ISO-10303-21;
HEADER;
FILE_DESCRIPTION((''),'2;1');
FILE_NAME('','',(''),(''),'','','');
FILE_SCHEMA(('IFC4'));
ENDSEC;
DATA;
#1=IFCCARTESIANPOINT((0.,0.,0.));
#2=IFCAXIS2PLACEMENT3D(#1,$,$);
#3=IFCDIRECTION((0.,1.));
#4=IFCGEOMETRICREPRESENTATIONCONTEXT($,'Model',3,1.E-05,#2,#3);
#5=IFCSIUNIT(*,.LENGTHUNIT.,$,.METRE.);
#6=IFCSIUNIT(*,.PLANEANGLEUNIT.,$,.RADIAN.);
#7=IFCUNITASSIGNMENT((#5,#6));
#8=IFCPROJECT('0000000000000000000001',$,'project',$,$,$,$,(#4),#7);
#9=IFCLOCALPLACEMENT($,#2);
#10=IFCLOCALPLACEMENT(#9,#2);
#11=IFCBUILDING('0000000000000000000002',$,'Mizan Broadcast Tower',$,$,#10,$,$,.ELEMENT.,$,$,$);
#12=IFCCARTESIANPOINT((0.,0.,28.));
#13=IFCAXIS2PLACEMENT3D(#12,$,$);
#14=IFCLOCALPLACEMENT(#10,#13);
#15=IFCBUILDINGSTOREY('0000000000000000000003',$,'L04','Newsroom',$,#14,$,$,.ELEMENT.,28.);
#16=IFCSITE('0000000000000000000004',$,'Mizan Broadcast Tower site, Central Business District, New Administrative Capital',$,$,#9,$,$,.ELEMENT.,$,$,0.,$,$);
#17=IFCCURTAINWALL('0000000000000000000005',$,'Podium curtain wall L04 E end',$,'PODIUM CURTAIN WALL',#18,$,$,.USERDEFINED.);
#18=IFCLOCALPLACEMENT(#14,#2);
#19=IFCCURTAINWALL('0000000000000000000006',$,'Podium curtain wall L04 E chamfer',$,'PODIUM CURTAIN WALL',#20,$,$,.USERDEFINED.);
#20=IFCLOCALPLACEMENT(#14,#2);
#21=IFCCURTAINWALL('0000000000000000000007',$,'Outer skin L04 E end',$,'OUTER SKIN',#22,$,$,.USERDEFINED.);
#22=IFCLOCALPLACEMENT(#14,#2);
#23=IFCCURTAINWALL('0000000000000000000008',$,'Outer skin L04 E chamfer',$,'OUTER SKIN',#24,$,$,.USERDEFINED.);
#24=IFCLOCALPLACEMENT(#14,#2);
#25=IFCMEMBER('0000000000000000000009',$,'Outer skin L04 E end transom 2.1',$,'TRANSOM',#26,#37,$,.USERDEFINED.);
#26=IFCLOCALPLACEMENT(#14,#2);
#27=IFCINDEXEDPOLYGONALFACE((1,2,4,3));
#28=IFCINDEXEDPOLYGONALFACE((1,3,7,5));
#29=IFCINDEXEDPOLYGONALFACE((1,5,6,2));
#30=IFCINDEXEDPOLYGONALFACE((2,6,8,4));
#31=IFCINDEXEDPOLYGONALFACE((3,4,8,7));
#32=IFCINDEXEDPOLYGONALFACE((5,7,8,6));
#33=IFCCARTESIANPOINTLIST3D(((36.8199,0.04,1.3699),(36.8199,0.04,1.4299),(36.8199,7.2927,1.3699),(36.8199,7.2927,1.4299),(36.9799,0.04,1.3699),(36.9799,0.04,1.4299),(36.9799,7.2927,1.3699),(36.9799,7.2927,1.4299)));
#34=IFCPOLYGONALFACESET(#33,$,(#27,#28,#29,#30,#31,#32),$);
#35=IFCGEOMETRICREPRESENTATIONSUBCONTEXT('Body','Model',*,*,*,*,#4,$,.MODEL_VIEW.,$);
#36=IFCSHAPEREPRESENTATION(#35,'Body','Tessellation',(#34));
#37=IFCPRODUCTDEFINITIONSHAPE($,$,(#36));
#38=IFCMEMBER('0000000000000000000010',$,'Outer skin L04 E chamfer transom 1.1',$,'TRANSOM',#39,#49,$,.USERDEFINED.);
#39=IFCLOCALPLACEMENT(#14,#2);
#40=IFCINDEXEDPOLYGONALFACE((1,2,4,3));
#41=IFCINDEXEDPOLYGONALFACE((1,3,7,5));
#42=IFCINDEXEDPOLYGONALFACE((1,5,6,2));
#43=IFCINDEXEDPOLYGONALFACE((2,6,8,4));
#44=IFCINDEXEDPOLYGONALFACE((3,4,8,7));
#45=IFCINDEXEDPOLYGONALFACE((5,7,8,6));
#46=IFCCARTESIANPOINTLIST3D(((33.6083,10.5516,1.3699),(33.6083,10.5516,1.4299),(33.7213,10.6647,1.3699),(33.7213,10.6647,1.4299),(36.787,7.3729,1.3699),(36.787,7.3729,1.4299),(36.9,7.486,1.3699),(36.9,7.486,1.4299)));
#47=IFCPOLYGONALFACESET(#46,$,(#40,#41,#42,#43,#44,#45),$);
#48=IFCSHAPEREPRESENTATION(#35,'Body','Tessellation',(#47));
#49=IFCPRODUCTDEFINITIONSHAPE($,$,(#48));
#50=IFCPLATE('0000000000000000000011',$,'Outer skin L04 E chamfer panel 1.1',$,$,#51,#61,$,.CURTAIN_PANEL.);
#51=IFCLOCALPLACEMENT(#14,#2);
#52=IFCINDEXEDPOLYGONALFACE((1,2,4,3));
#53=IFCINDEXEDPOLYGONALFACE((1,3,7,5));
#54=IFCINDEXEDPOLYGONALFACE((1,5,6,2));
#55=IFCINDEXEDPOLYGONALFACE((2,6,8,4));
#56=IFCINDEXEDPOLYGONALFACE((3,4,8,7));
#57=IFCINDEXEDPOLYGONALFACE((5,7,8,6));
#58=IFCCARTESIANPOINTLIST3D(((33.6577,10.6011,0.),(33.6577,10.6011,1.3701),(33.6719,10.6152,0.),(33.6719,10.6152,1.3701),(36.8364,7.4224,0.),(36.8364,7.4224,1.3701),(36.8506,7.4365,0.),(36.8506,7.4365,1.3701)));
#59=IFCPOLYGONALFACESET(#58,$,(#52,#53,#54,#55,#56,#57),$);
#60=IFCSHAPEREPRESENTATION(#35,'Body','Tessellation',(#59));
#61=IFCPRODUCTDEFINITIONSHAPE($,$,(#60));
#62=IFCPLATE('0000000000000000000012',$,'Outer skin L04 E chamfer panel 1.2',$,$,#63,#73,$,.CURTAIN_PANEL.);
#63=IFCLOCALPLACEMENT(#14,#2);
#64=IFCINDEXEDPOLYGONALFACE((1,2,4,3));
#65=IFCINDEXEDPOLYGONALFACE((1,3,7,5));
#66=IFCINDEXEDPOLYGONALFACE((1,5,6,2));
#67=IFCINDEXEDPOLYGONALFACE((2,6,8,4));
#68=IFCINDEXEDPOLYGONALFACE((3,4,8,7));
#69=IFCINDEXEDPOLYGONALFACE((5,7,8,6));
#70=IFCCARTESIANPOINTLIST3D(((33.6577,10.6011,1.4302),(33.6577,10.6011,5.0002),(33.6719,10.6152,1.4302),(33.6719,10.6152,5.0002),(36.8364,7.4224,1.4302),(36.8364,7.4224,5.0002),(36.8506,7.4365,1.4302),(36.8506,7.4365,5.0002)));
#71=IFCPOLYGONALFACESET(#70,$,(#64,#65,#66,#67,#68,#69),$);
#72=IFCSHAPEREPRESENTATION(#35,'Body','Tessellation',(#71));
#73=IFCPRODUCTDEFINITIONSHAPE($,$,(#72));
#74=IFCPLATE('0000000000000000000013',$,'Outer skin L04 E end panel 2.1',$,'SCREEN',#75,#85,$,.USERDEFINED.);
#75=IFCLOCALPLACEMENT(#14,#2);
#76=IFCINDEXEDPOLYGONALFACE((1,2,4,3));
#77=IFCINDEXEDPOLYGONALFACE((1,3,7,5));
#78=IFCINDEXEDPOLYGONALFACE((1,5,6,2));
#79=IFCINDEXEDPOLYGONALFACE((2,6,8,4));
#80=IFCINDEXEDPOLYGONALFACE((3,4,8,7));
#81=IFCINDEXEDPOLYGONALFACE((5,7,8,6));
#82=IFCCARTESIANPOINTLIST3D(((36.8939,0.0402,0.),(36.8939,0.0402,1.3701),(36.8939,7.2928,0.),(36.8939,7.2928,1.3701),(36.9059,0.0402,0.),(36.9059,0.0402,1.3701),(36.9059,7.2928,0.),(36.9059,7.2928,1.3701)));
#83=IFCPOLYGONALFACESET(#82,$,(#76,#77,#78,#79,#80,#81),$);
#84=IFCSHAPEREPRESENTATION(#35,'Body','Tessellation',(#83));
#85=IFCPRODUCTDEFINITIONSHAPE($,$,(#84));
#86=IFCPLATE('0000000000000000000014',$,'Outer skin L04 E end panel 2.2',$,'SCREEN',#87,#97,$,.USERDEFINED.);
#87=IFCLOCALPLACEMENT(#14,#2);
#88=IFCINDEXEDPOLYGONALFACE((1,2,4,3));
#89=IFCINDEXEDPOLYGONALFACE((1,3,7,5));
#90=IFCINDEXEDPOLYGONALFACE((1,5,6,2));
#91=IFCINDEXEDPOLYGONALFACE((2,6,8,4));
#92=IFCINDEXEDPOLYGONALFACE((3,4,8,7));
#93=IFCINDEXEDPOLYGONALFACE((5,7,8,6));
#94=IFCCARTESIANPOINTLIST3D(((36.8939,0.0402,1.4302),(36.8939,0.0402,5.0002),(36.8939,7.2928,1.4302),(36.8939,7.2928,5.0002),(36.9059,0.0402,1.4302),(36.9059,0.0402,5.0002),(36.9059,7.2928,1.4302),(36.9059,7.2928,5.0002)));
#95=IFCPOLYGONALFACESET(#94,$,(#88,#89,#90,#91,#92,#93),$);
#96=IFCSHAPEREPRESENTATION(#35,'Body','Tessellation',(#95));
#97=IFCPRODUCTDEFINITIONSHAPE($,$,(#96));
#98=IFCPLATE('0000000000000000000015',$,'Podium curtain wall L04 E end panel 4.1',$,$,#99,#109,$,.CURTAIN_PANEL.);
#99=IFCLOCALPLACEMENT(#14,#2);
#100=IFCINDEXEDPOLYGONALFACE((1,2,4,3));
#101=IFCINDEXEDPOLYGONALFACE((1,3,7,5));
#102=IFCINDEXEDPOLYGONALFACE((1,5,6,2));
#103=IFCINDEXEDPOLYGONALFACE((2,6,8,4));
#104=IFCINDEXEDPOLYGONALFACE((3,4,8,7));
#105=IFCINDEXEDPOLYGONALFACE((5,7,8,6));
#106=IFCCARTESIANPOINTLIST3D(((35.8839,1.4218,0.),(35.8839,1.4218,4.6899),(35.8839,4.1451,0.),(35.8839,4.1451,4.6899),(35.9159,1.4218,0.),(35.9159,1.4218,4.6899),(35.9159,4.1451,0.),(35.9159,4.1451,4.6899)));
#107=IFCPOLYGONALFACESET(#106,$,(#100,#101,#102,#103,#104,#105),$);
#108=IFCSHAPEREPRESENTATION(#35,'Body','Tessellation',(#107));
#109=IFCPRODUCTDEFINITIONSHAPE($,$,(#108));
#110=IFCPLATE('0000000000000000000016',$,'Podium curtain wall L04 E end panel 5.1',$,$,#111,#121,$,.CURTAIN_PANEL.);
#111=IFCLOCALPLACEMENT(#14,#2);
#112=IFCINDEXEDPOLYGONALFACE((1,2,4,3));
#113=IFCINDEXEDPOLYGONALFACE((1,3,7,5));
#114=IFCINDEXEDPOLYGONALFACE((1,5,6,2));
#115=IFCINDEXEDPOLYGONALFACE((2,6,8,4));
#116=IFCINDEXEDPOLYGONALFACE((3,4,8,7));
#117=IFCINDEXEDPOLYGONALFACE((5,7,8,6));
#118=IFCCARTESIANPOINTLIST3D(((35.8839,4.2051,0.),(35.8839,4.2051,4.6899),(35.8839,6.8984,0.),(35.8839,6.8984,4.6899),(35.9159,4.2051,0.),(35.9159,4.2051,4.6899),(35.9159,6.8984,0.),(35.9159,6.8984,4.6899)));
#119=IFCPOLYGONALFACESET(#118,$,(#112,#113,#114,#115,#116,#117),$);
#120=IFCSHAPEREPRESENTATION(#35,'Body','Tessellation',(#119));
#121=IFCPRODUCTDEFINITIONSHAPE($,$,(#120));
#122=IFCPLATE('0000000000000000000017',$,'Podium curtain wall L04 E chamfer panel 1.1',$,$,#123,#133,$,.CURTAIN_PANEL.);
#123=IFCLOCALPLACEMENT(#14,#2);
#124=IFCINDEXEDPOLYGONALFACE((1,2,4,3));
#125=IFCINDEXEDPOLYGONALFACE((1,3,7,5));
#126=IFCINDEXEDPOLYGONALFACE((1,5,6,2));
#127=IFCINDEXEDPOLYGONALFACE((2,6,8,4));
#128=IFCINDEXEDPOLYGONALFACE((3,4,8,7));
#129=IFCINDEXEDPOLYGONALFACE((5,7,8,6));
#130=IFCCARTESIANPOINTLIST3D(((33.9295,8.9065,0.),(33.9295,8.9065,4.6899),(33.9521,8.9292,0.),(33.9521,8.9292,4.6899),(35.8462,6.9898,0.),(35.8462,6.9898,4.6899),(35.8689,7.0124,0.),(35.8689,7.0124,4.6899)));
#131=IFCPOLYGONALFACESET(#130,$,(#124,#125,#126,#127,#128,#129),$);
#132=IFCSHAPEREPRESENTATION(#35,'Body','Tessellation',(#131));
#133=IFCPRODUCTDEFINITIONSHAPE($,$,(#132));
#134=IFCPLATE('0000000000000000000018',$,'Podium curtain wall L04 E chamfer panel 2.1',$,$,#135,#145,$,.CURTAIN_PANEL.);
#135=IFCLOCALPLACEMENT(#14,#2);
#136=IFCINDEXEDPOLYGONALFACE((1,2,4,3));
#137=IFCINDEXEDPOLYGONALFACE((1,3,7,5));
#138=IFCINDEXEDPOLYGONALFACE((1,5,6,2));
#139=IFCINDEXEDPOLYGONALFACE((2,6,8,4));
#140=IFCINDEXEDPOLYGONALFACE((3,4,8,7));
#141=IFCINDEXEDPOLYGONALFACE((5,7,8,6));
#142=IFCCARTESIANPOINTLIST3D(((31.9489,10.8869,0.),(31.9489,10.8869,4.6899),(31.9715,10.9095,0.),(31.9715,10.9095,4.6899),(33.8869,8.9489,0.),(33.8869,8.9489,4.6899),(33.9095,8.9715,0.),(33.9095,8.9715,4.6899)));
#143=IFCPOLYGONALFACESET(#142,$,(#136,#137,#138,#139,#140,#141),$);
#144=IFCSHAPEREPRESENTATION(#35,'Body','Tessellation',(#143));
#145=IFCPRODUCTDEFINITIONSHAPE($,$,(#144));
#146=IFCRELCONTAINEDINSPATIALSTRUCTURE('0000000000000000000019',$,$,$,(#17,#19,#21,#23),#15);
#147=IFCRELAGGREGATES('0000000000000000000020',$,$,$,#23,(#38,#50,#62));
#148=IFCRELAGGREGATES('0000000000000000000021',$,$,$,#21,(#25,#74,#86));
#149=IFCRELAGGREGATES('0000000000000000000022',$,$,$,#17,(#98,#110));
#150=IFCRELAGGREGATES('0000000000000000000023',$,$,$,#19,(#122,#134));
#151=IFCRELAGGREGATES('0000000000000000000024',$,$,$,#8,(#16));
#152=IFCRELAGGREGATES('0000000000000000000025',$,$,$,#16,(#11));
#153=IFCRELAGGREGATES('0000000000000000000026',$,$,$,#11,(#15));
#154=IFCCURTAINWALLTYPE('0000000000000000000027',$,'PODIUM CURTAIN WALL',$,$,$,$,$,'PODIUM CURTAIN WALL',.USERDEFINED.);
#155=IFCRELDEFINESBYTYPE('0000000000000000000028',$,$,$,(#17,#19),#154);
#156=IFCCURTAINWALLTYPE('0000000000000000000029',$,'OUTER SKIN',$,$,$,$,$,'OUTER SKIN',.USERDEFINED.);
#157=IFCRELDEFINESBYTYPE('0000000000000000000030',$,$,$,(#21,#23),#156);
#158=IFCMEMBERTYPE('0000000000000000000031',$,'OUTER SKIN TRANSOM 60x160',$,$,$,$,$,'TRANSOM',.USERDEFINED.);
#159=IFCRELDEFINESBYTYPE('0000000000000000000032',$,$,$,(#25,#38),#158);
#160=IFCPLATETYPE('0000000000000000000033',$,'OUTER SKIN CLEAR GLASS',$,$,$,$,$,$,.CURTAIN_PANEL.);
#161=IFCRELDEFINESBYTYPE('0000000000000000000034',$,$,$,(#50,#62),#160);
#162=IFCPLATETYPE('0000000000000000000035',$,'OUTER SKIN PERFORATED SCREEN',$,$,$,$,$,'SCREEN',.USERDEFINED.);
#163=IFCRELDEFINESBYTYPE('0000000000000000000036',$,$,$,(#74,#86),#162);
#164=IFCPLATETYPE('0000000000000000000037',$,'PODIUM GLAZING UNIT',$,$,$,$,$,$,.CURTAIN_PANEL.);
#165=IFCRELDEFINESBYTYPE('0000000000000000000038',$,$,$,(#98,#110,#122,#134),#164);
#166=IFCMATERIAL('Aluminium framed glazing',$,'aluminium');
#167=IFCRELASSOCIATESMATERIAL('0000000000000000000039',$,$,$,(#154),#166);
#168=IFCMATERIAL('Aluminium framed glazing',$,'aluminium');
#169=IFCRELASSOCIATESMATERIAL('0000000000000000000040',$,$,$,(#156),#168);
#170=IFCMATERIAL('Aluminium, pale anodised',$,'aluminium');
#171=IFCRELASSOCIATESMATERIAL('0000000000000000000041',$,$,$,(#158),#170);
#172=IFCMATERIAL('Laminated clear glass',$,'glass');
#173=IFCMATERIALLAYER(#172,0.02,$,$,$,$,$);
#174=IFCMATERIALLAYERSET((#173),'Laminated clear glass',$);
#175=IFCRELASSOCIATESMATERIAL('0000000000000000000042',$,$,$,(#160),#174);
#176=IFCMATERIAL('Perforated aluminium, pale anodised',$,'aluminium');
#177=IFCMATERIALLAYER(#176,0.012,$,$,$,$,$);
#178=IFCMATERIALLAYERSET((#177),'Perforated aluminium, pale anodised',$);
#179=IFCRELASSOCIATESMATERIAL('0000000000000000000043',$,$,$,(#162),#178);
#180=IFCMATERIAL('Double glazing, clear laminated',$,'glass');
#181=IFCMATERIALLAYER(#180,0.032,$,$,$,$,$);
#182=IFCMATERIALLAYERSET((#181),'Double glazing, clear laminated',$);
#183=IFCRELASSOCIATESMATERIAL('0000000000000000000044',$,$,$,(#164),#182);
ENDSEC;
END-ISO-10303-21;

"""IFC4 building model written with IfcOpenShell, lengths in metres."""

from ifc_helpers import new_model, si_unit, direction, frame, origin, origin_2d, place, context, subcontext, project, spatial, rectangle, extrude, material, layer, layer_set, material_profile, profile_set, type_object, element, aggregate, save


model = new_model("IFC4")

# Units and contexts
model_context = context("Model", 3, precision=1e-05, world=origin(), true_north=direction((0.0, 1.0)))
body_context = subcontext(model_context, "Body", "Model", "MODEL_VIEW")
ifc_project = project(units=[si_unit("LENGTHUNIT", "METRE"), si_unit("PLANEANGLEUNIT", "RADIAN")], contexts=[model_context])

# Site, building, storey
site_placement = place(None, origin())
site = spatial("IfcSite", under=ifc_project, at=site_placement, Name="Mizan Broadcast Tower site, Central Business District, New Administrative Capital", CompositionType="ELEMENT", RefElevation=0.0)
building_placement = place(site_placement, origin())
building = spatial("IfcBuilding", under=site, at=building_placement, Name="Mizan Broadcast Tower", CompositionType="ELEMENT")
storey_placement = place(building_placement, frame((0.0, 0.0, 28.0)))
storey = spatial("IfcBuildingStorey", under=building, at=storey_placement, Name="L04", Description="Newsroom", CompositionType="ELEMENT", Elevation=28.0)

# Curtain wall
ifc_material_1 = material(Name="Aluminium framed glazing", Category="aluminium")
curtain_wall_type_1 = type_object("IfcCurtainWallType", Name="PODIUM CURTAIN WALL", ElementType="PODIUM CURTAIN WALL", PredefinedType="USERDEFINED", material=ifc_material_1)
curtain_wall_1_placement = place(storey_placement, origin())
curtain_wall_1 = element("IfcCurtainWall", 1, at=curtain_wall_1_placement, inside=storey, type_object=curtain_wall_type_1, Name="Podium curtain wall L04 E end", ObjectType="PODIUM CURTAIN WALL", PredefinedType="USERDEFINED")

# Curtain wall
curtain_wall_2_placement = place(storey_placement, origin())
curtain_wall_2 = element("IfcCurtainWall", 2, at=curtain_wall_2_placement, inside=storey, type_object=curtain_wall_type_1, Name="Podium curtain wall L04 E chamfer", ObjectType="PODIUM CURTAIN WALL", PredefinedType="USERDEFINED")

# Curtain wall
ifc_material_2 = material(Name="Aluminium framed glazing", Category="aluminium")
curtain_wall_type_2 = type_object("IfcCurtainWallType", Name="OUTER SKIN", ElementType="OUTER SKIN", PredefinedType="USERDEFINED", material=ifc_material_2)
curtain_wall_3_placement = place(storey_placement, origin())
curtain_wall_3 = element("IfcCurtainWall", 3, at=curtain_wall_3_placement, inside=storey, type_object=curtain_wall_type_2, Name="Outer skin L04 E end", ObjectType="OUTER SKIN", PredefinedType="USERDEFINED")

# Curtain wall
curtain_wall_4_placement = place(storey_placement, origin())
curtain_wall_4 = element("IfcCurtainWall", 4, at=curtain_wall_4_placement, inside=storey, type_object=curtain_wall_type_2, Name="Outer skin L04 E chamfer", ObjectType="OUTER SKIN", PredefinedType="USERDEFINED")

# Members
ifc_material_3 = material(Name="Aluminium, pale anodised", Category="aluminium")
ifc_material_profile_1 = material_profile(ifc_material_3, rectangle(XDim=0.1599, YDim=0.0601, at=origin_2d()), Name="TRANSOM 160x60")
ifc_profile_set_1 = profile_set([ifc_material_profile_1], Name="Aluminium, pale anodised")
member_type_1 = type_object("IfcMemberType", Name="OUTER SKIN TRANSOM 60x160", ElementType="TRANSOM", PredefinedType="USERDEFINED", material=ifc_profile_set_1)
member_1_placement = place(storey_placement, frame((36.8999, 0.04, 1.3999), z_axis=(0.0, 1.0, 0.0), x_axis=(-1.0, 0.0, 0.0)))
member_1 = element("IfcMember", 5, at=member_1_placement, type_object=member_type_1, Name="Outer skin L04 E end transom 2.1", ObjectType="TRANSOM", PredefinedType="USERDEFINED", context=body_context, shape_type="SweptSolid", body=[
    extrude(rectangle(XDim=0.1599, YDim=0.0601, at=origin_2d()), origin(), (0.0, 0.0, 1.0), 7.2527),
])
member_2_placement = place(storey_placement, frame((36.8435, 7.4294, 1.3999), z_axis=(-0.707107, 0.707107, 0.0), x_axis=(-0.707107, -0.707107, 0.0)))
member_2 = element("IfcMember", 6, at=member_2_placement, type_object=member_type_1, Name="Outer skin L04 E chamfer transom 1.1", ObjectType="TRANSOM", PredefinedType="USERDEFINED", context=body_context, shape_type="SweptSolid", body=[
    extrude(rectangle(XDim=0.1599, YDim=0.0601, at=origin_2d()), origin(), (0.0, 0.0, 1.0), 4.4954),
])

# Plates
ifc_material_4 = material(Name="Laminated clear glass", Category="glass")
ifc_layer_1 = layer(ifc_material_4, 0.02)
ifc_layer_set_1 = layer_set([ifc_layer_1], Name="Laminated clear glass")
plate_type_1 = type_object("IfcPlateType", Name="OUTER SKIN CLEAR GLASS", PredefinedType="CURTAIN_PANEL", material=ifc_layer_set_1)
plate_1_placement = place(storey_placement, frame((35.2542, 9.0188, 0.0), z_axis=(0.0, 0.0, 1.0), x_axis=(-0.707107, 0.707107, 0.0)))
plate_1 = element("IfcPlate", 7, at=plate_1_placement, type_object=plate_type_1, Name="Outer skin L04 E chamfer panel 1.1", PredefinedType="CURTAIN_PANEL", context=body_context, shape_type="SweptSolid", body=[
    extrude(rectangle(XDim=4.4954, YDim=0.02, at=origin_2d()), origin(), (0.0, 0.0, 1.0), 1.3701),
])
plate_2_placement = place(storey_placement, frame((35.2542, 9.0188, 1.4302), z_axis=(0.0, 0.0, 1.0), x_axis=(-0.707107, 0.707107, 0.0)))
plate_2 = element("IfcPlate", 8, at=plate_2_placement, type_object=plate_type_1, Name="Outer skin L04 E chamfer panel 1.2", PredefinedType="CURTAIN_PANEL", context=body_context, shape_type="SweptSolid", body=[
    extrude(rectangle(XDim=4.4954, YDim=0.02, at=origin_2d()), origin(), (0.0, 0.0, 1.0), 3.5701),
])
aggregate(curtain_wall_4, [member_2, plate_1, plate_2])
ifc_material_5 = material(Name="Perforated aluminium, pale anodised", Category="aluminium")
ifc_layer_2 = layer(ifc_material_5, 0.012)
ifc_layer_set_2 = layer_set([ifc_layer_2], Name="Perforated aluminium, pale anodised")
plate_type_2 = type_object("IfcPlateType", Name="OUTER SKIN PERFORATED SCREEN", ElementType="SCREEN", PredefinedType="USERDEFINED", material=ifc_layer_set_2)
plate_3_placement = place(storey_placement, frame((36.8999, 3.6665, 0.0), z_axis=(0.0, 0.0, 1.0), x_axis=(0.0, 1.0, 0.0)))
plate_3 = element("IfcPlate", 9, at=plate_3_placement, type_object=plate_type_2, Name="Outer skin L04 E end panel 2.1", ObjectType="SCREEN", PredefinedType="USERDEFINED", context=body_context, shape_type="SweptSolid", body=[
    extrude(rectangle(XDim=7.2527, YDim=0.012, at=origin_2d()), origin(), (0.0, 0.0, 1.0), 1.3701),
])
plate_4_placement = place(storey_placement, frame((36.8999, 3.6665, 1.4302), z_axis=(0.0, 0.0, 1.0), x_axis=(0.0, 1.0, 0.0)))
plate_4 = element("IfcPlate", 10, at=plate_4_placement, type_object=plate_type_2, Name="Outer skin L04 E end panel 2.2", ObjectType="SCREEN", PredefinedType="USERDEFINED", context=body_context, shape_type="SweptSolid", body=[
    extrude(rectangle(XDim=7.2527, YDim=0.012, at=origin_2d()), origin(), (0.0, 0.0, 1.0), 3.5701),
])
aggregate(curtain_wall_3, [member_1, plate_3, plate_4])
ifc_material_6 = material(Name="Double glazing, clear laminated", Category="glass")
ifc_layer_3 = layer(ifc_material_6, 0.032)
ifc_layer_set_3 = layer_set([ifc_layer_3], Name="Double glazing, clear laminated")
plate_type_3 = type_object("IfcPlateType", Name="PODIUM GLAZING UNIT", PredefinedType="CURTAIN_PANEL", material=ifc_layer_set_3)
plate_5_placement = place(storey_placement, frame((35.8999, 2.7834, 0.0), z_axis=(0.0, 0.0, 1.0), x_axis=(0.0, 1.0, 0.0)))
plate_5 = element("IfcPlate", 11, at=plate_5_placement, type_object=plate_type_3, Name="Podium curtain wall L04 E end panel 4.1", PredefinedType="CURTAIN_PANEL", context=body_context, shape_type="SweptSolid", body=[
    extrude(rectangle(XDim=2.7234, YDim=0.032, at=origin_2d()), origin(), (0.0, 0.0, 1.0), 4.6899),
])
plate_6_placement = place(storey_placement, frame((35.8999, 5.5518, 0.0), z_axis=(0.0, 0.0, 1.0), x_axis=(0.0, 1.0, 0.0)))
plate_6 = element("IfcPlate", 12, at=plate_6_placement, type_object=plate_type_3, Name="Podium curtain wall L04 E end panel 5.1", PredefinedType="CURTAIN_PANEL", context=body_context, shape_type="SweptSolid", body=[
    extrude(rectangle(XDim=2.6934, YDim=0.032, at=origin_2d()), origin(), (0.0, 0.0, 1.0), 4.6899),
])
aggregate(curtain_wall_1, [plate_5, plate_6])
plate_7_placement = place(storey_placement, frame((34.8992, 7.9595, 0.0), z_axis=(0.0, 0.0, 1.0), x_axis=(-0.707107, 0.707107, 0.0)))
plate_7 = element("IfcPlate", 13, at=plate_7_placement, type_object=plate_type_3, Name="Podium curtain wall L04 E chamfer panel 1.1", PredefinedType="CURTAIN_PANEL", context=body_context, shape_type="SweptSolid", body=[
    extrude(rectangle(XDim=2.7107, YDim=0.032, at=origin_2d()), origin(), (0.0, 0.0, 1.0), 4.6899),
])
plate_8_placement = place(storey_placement, frame((32.9292, 9.9292, 0.0), z_axis=(0.0, 0.0, 1.0), x_axis=(-0.707107, 0.707107, 0.0)))
plate_8 = element("IfcPlate", 14, at=plate_8_placement, type_object=plate_type_3, Name="Podium curtain wall L04 E chamfer panel 2.1", PredefinedType="CURTAIN_PANEL", context=body_context, shape_type="SweptSolid", body=[
    extrude(rectangle(XDim=2.7407, YDim=0.032, at=origin_2d()), origin(), (0.0, 0.0, 1.0), 4.6899),
])
aggregate(curtain_wall_2, [plate_7, plate_8])

save(model, "model.ifc")
